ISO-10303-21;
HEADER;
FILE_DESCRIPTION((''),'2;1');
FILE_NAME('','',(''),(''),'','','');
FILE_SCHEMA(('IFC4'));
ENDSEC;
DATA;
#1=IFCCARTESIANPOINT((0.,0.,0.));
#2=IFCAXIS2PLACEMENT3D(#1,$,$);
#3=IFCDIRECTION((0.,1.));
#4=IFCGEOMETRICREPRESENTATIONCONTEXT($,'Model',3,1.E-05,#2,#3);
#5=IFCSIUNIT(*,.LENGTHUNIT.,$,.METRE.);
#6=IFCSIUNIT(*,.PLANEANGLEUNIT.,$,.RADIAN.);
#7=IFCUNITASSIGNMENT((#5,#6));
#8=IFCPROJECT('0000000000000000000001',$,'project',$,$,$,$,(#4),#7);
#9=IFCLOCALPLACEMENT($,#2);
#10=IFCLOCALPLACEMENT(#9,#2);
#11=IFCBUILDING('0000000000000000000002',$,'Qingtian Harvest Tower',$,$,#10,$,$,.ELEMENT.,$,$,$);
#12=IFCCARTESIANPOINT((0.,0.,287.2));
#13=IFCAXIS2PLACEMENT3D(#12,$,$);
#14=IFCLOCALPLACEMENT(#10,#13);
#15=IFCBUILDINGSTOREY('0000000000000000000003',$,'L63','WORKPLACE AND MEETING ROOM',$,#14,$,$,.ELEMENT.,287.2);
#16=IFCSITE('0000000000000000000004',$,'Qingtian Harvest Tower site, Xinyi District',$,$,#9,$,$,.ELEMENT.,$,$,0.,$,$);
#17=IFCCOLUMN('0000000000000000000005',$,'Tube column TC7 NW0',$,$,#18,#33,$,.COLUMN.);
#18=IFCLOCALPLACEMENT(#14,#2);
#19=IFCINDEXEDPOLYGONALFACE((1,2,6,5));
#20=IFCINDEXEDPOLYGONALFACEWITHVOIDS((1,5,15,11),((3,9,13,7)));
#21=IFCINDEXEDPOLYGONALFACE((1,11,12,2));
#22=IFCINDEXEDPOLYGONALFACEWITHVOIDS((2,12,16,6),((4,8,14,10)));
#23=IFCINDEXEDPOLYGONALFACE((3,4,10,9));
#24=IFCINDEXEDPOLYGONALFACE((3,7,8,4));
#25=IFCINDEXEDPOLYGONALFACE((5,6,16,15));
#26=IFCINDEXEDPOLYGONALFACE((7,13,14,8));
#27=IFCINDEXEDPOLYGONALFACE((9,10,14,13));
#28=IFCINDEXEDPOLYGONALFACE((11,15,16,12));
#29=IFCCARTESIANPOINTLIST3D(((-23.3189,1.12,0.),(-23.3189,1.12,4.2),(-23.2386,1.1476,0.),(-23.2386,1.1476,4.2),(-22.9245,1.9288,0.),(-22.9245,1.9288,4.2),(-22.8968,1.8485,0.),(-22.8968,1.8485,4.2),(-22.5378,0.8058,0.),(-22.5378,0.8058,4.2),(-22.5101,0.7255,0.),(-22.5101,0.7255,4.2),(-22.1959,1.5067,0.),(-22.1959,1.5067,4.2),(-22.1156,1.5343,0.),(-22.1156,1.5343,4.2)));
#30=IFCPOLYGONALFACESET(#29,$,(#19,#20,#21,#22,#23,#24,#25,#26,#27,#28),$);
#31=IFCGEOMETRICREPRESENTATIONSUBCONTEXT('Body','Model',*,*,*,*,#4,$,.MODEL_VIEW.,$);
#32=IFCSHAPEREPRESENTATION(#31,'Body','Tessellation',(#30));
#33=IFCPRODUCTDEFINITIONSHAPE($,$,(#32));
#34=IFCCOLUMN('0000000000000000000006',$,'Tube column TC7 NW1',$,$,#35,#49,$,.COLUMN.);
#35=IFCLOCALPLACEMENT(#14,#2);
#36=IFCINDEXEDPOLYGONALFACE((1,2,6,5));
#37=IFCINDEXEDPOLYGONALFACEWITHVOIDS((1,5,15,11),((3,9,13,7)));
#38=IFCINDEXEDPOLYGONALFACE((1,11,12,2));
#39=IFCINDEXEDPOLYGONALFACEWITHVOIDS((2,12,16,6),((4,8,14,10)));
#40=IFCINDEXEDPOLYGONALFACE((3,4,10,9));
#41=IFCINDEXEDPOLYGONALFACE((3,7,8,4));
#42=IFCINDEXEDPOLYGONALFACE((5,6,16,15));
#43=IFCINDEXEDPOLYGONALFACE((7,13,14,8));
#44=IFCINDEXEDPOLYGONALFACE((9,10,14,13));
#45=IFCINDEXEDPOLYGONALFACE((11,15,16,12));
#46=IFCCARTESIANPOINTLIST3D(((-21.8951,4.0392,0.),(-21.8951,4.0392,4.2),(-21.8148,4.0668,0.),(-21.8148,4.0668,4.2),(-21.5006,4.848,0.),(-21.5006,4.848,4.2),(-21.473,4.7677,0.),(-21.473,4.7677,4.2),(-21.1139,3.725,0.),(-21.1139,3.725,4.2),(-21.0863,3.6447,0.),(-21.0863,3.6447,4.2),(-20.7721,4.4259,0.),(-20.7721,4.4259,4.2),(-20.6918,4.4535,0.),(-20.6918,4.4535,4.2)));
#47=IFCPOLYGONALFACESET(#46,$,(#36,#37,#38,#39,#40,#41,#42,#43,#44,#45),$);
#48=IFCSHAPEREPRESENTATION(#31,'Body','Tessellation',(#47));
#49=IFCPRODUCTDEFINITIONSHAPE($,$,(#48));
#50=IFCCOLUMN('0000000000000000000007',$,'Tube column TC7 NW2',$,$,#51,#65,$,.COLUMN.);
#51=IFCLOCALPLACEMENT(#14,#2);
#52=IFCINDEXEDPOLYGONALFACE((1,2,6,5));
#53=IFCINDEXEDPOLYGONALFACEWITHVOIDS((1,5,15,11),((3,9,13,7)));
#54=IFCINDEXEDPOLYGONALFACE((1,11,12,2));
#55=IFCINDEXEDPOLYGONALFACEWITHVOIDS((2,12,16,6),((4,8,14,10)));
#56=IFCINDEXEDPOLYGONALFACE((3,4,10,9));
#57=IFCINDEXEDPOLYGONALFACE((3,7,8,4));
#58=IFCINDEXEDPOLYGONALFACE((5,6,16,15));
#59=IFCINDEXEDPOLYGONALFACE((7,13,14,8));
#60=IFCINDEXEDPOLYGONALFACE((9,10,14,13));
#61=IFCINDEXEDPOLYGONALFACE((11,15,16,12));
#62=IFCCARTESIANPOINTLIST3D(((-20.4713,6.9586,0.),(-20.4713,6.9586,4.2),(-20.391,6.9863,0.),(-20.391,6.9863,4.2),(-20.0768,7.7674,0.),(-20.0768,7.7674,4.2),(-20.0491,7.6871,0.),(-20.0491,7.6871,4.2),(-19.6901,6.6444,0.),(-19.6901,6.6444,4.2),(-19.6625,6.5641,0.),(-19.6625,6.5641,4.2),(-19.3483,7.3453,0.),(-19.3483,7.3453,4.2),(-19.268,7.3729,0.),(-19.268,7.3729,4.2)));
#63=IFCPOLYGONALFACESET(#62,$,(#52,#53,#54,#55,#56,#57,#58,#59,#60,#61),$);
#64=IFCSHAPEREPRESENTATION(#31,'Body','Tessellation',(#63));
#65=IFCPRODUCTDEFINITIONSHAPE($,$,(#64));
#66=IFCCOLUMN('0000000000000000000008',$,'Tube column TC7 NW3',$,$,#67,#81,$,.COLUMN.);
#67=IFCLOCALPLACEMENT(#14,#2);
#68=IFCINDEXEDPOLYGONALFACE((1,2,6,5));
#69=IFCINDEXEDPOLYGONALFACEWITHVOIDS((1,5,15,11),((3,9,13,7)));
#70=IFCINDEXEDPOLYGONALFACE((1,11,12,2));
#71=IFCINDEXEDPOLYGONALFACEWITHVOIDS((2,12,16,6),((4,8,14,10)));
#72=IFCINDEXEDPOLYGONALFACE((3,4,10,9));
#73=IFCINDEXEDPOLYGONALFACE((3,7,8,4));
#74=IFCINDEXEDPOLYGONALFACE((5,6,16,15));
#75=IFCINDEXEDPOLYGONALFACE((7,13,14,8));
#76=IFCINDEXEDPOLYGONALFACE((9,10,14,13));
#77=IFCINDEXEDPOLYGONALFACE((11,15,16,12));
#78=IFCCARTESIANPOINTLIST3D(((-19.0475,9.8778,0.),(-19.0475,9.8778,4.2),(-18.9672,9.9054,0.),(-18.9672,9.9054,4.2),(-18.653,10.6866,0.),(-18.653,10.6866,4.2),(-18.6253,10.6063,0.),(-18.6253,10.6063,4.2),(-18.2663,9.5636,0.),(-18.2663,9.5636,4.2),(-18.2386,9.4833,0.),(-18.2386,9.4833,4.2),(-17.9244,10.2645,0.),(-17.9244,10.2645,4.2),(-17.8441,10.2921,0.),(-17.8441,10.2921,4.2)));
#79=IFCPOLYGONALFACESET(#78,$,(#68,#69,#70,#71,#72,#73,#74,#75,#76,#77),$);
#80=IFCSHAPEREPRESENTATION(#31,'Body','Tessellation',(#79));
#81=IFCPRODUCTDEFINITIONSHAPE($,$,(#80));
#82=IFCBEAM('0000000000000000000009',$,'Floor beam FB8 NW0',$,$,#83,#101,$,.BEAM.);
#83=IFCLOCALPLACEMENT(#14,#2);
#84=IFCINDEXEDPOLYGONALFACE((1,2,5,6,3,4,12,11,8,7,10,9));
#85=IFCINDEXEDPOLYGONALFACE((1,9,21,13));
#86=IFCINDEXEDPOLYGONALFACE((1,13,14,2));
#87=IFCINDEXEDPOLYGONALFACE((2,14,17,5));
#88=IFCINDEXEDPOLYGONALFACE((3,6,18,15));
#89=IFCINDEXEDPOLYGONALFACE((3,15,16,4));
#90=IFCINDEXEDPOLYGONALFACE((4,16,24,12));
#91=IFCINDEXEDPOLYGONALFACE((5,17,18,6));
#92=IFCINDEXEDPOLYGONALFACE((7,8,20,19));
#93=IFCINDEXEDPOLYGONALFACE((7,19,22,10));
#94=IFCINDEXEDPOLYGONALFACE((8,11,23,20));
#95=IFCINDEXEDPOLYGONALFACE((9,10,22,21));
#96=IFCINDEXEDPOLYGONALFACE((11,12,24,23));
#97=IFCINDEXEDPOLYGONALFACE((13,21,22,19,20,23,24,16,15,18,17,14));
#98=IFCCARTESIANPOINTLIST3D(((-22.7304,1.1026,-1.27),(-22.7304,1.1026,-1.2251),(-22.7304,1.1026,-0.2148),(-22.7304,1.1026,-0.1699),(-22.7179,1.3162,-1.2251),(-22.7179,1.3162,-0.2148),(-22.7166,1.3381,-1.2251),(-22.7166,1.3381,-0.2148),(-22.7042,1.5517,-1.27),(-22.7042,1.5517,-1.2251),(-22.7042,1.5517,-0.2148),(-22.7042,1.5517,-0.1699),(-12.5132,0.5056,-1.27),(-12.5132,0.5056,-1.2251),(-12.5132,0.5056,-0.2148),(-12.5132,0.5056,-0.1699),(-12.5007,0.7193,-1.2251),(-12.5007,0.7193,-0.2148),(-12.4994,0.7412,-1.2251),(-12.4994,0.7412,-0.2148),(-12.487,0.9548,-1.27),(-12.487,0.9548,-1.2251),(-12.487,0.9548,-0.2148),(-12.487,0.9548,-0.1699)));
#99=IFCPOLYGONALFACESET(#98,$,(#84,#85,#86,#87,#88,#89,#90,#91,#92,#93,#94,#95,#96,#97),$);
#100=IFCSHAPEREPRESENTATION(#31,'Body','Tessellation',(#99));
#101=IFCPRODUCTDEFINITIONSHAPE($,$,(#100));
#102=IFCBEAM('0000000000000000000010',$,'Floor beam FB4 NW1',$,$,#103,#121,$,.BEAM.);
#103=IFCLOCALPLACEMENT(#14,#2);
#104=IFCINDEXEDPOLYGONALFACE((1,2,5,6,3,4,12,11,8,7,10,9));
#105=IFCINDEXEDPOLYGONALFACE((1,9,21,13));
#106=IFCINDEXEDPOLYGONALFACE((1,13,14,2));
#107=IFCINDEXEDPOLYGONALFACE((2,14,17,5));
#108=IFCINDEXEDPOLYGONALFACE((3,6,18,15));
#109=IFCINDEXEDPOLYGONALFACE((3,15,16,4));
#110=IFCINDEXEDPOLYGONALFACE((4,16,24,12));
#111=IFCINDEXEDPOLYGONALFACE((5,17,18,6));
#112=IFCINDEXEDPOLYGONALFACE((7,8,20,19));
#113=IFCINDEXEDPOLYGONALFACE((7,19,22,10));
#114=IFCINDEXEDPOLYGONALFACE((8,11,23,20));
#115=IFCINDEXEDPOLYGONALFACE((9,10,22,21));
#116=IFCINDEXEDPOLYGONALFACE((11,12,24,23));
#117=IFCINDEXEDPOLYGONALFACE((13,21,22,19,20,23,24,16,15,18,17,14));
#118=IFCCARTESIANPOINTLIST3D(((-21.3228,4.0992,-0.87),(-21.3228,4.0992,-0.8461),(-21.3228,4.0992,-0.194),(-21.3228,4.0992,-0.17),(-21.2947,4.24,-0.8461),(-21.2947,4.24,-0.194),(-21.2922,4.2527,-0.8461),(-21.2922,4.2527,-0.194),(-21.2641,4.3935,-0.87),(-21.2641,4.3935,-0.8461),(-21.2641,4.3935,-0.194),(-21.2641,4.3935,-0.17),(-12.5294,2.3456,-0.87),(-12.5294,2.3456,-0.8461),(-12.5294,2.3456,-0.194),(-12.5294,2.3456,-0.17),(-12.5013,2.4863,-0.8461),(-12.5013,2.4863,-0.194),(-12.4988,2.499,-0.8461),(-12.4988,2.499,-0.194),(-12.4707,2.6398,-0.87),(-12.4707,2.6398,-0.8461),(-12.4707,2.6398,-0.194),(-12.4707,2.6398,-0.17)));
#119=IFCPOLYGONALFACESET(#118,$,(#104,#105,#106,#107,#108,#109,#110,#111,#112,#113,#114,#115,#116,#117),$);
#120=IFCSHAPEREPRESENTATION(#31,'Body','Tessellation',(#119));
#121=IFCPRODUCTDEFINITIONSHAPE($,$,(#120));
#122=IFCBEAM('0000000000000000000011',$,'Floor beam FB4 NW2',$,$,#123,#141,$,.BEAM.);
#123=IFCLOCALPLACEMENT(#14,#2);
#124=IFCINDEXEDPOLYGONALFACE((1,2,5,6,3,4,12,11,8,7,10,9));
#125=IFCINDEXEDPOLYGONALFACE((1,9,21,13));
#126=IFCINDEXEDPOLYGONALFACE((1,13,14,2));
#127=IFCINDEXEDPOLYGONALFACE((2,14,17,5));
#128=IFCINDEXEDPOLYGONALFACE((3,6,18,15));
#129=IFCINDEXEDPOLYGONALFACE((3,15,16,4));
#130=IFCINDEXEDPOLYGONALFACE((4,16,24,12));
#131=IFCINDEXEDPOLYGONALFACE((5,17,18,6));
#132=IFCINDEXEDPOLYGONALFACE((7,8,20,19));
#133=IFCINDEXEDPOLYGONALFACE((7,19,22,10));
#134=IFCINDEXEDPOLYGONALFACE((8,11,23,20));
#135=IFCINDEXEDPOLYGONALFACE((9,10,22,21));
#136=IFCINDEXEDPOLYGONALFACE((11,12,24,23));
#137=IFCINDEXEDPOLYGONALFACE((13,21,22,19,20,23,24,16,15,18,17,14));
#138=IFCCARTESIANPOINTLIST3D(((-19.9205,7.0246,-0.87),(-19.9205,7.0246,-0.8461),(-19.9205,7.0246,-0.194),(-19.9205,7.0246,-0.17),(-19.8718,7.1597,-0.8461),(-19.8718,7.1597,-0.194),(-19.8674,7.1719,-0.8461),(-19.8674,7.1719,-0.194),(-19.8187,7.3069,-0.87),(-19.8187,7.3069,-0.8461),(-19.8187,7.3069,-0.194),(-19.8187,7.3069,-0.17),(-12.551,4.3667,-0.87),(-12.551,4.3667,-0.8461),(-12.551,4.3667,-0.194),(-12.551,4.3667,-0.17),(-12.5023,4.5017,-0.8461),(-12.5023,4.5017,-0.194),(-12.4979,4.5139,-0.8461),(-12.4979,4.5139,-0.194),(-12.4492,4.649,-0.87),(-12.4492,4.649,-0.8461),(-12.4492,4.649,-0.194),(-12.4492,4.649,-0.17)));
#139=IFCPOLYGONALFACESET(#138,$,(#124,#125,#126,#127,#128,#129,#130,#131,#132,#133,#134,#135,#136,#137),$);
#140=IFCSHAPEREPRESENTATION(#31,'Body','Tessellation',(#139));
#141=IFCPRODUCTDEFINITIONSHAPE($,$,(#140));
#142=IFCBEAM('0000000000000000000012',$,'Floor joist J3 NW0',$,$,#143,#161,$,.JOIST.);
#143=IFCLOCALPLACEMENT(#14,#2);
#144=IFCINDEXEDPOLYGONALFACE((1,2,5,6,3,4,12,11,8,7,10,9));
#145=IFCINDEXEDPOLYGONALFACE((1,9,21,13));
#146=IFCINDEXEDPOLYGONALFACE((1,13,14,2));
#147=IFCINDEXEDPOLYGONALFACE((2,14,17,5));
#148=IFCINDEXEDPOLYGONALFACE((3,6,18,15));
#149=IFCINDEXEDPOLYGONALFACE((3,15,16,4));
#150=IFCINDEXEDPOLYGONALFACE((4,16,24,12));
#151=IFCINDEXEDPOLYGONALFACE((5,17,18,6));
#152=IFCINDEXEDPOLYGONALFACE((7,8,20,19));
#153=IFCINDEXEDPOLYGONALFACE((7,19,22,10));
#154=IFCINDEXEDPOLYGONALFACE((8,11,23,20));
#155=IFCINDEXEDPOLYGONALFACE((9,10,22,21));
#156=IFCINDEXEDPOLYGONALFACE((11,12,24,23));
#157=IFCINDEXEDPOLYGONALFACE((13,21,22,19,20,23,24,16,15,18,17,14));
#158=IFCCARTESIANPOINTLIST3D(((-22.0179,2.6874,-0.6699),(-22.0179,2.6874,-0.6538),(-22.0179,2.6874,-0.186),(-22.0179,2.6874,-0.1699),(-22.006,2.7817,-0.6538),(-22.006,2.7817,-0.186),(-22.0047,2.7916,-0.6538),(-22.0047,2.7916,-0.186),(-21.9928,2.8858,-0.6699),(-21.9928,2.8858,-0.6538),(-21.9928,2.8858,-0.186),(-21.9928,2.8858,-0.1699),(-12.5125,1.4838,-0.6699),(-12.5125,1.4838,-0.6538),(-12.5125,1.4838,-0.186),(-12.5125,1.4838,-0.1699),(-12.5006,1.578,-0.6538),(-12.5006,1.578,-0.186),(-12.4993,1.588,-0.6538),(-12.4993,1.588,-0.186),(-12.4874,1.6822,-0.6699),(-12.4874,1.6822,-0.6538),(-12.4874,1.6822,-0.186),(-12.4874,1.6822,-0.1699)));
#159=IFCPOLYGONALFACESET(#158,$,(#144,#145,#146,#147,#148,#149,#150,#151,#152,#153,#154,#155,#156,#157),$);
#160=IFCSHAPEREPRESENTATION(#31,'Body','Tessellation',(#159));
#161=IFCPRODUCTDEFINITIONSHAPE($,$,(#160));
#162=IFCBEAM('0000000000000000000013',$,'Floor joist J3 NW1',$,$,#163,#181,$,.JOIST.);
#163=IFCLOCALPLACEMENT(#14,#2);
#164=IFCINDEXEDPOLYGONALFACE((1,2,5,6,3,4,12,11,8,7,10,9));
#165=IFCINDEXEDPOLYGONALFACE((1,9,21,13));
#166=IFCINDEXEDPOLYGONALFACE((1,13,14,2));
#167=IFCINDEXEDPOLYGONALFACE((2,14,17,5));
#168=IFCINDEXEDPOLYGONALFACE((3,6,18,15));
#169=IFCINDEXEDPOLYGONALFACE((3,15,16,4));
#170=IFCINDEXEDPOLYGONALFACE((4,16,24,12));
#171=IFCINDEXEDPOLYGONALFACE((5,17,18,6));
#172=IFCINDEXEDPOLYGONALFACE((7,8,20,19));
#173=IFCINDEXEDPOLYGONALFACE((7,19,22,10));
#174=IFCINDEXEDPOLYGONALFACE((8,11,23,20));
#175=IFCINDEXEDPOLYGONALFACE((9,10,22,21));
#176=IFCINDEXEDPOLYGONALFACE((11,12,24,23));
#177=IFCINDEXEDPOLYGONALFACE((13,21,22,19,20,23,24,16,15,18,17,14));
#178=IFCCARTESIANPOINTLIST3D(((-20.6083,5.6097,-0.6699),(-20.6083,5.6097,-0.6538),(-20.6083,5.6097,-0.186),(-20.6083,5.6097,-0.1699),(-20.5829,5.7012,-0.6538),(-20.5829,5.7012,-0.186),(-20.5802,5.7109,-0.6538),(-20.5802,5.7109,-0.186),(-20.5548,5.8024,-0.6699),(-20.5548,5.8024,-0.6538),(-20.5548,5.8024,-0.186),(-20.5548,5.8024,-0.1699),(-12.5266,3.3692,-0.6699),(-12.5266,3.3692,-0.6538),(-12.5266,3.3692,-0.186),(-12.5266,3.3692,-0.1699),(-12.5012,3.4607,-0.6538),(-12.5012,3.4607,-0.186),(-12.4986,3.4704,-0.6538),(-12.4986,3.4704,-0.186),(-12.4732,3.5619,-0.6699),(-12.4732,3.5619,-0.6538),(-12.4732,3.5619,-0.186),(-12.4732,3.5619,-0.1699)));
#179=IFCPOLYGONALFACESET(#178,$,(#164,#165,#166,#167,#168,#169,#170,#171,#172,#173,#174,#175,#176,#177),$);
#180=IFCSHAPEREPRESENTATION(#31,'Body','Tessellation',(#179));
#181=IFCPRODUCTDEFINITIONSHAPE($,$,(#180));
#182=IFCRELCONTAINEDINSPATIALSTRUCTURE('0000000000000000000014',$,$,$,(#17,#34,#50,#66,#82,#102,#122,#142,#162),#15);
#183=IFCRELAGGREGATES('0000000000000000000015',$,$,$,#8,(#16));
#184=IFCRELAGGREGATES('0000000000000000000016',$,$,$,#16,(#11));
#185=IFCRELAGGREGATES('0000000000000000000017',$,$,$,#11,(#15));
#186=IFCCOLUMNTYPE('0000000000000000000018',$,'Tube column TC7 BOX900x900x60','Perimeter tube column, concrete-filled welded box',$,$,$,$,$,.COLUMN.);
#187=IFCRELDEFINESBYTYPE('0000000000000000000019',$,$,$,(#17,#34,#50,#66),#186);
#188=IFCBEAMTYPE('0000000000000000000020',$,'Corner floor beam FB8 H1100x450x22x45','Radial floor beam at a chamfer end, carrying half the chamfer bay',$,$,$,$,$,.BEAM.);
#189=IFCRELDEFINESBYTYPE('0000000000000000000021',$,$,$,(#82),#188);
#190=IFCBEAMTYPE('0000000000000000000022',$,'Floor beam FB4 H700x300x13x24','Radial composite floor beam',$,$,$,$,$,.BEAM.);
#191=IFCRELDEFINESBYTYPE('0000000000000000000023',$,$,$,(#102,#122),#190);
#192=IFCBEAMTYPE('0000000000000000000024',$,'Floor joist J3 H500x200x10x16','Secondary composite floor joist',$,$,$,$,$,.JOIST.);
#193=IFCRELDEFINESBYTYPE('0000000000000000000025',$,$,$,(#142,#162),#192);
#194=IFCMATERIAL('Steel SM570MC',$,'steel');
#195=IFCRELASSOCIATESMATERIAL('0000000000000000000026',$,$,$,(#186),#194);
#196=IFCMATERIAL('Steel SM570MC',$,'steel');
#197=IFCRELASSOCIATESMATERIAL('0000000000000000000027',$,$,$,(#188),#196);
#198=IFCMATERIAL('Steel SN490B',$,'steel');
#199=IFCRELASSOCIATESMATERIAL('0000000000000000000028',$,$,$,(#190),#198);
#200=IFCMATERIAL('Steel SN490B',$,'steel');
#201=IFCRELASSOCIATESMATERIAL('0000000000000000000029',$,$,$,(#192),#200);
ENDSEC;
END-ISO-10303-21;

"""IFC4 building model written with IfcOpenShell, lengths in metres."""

from ifc_helpers import new_model, si_unit, direction, frame, origin, origin_2d, place, context, subcontext, project, spatial, hollow_rectangle, i_section, extrude, material, material_profile, profile_set, type_object, element, save


model = new_model("IFC4")

# Units and contexts
model_context = context("Model", 3, precision=1e-05, world=origin(), true_north=direction((0.0, 1.0)))
body_context = subcontext(model_context, "Body", "Model", "MODEL_VIEW")
ifc_project = project(units=[si_unit("LENGTHUNIT", "METRE"), si_unit("PLANEANGLEUNIT", "RADIAN")], contexts=[model_context])

# Site, building, storey
site_placement = place(None, origin())
site = spatial("IfcSite", under=ifc_project, at=site_placement, Name="Qingtian Harvest Tower site, Xinyi District", CompositionType="ELEMENT", RefElevation=0.0)
building_placement = place(site_placement, origin())
building = spatial("IfcBuilding", under=site, at=building_placement, Name="Qingtian Harvest Tower", CompositionType="ELEMENT")
storey_placement = place(building_placement, frame((0.0, 0.0, 287.2)))
storey = spatial("IfcBuildingStorey", under=building, at=storey_placement, Name="L63", Description="WORKPLACE AND MEETING ROOM", CompositionType="ELEMENT", Elevation=287.2)

# Columns
ifc_material_1 = material(Name="Steel SM570MC", Category="steel")
ifc_material_profile_1 = material_profile(ifc_material_1, hollow_rectangle(XDim=0.8999, YDim=0.8999, WallThickness=0.0601, at=origin_2d()), Name="BOX900x900x60")
ifc_profile_set_1 = profile_set([ifc_material_profile_1], Name="Steel SM570MC")
column_type = type_object("IfcColumnType", Name="Tube column TC7 BOX900x900x60", Description="Perimeter tube column, concrete-filled welded box", PredefinedType="COLUMN", material=ifc_profile_set_1)
for number, where, z_axis, x_axis, name in (
    (1, (-22.7173, 1.3271, 0.0), (0.0, 0.0, 1.0), (-0.438371, -0.898794, 0.0), "Tube column TC7 NW0"),
    (2, (-21.2935, 4.2463, 0.0), (0.0, 0.0, 1.0), (-0.438371, -0.898794, 0.0), "Tube column TC7 NW1"),
    (3, (-19.8696, 7.1658, 0.0), (0.0, 0.0, 1.0), (-0.438371, -0.898794, 0.0), "Tube column TC7 NW2"),
    (4, (-18.4458, 10.085, 0.0), (0.0, 0.0, 1.0), (-0.438371, -0.898794, 0.0), "Tube column TC7 NW3"),
):
    element("IfcColumn", number, at=place(storey_placement, frame(where, z_axis=z_axis, x_axis=x_axis)), inside=storey, type_object=column_type, Name=name, PredefinedType="COLUMN", context=body_context, shape_type="SweptSolid", body=[
        extrude(hollow_rectangle(XDim=0.8999, YDim=0.8999, WallThickness=0.0601, at=origin_2d()), origin(), (0.0, 0.0, 1.0), 4.2),
    ])

# Beams
ifc_material_2 = material(Name="Steel SM570MC", Category="steel")
ifc_material_profile_2 = material_profile(ifc_material_2, i_section(OverallWidth=0.45, OverallDepth=1.1001, WebThickness=0.022, FlangeThickness=0.0449, at=origin_2d()), Name="H1100x450x22x45")
ifc_profile_set_2 = profile_set([ifc_material_profile_2], Name="Steel SM570MC")
beam_type_1 = type_object("IfcBeamType", Name="Corner floor beam FB8 H1100x450x22x45", Description="Radial floor beam at a chamfer end, carrying half the chamfer bay", PredefinedType="BEAM", material=ifc_profile_set_2)
beam_1_placement = place(storey_placement, frame((-22.7173, 1.3271, -0.72), z_axis=(0.998298, -0.058323, 0.0), x_axis=(0.058323, 0.998298, 0.0)))
element("IfcBeam", 5, at=beam_1_placement, inside=storey, type_object=beam_type_1, Name="Floor beam FB8 NW0", PredefinedType="BEAM", context=body_context, shape_type="SweptSolid", body=[
    extrude(i_section(OverallWidth=0.45, OverallDepth=1.1001, WebThickness=0.022, FlangeThickness=0.0449, at=origin_2d()), origin(), (0.0, 0.0, 1.0), 10.2346),
])
ifc_material_3 = material(Name="Steel SN490B", Category="steel")
ifc_material_profile_3 = material_profile(ifc_material_3, i_section(OverallWidth=0.3, OverallDepth=0.7, WebThickness=0.0129, FlangeThickness=0.0239, at=origin_2d()), Name="H700x300x13x24")
ifc_profile_set_3 = profile_set([ifc_material_profile_3], Name="Steel SN490B")
beam_type_2 = type_object("IfcBeamType", Name="Floor beam FB4 H700x300x13x24", Description="Radial composite floor beam", PredefinedType="BEAM", material=ifc_profile_set_3)
beam_2_placement = place(storey_placement, frame((-21.2935, 4.2463, -0.52), z_axis=(0.980688, -0.195577, 0.0), x_axis=(0.195577, 0.980688, 0.0)))
element("IfcBeam", 6, at=beam_2_placement, inside=storey, type_object=beam_type_2, Name="Floor beam FB4 NW1", PredefinedType="BEAM", context=body_context, shape_type="SweptSolid", body=[
    extrude(i_section(OverallWidth=0.3, OverallDepth=0.7, WebThickness=0.0129, FlangeThickness=0.0239, at=origin_2d()), origin(), (0.0, 0.0, 1.0), 8.9666),
])
beam_3_placement = place(storey_placement, frame((-19.8696, 7.1658, -0.52), z_axis=(0.940688, -0.339272, 0.0), x_axis=(0.339272, 0.940688, 0.0)))
element("IfcBeam", 7, at=beam_3_placement, inside=storey, type_object=beam_type_2, Name="Floor beam FB4 NW2", PredefinedType="BEAM", context=body_context, shape_type="SweptSolid", body=[
    extrude(i_section(OverallWidth=0.3, OverallDepth=0.7, WebThickness=0.0129, FlangeThickness=0.0239, at=origin_2d()), origin(), (0.0, 0.0, 1.0), 7.8342),
])
ifc_material_4 = material(Name="Steel SN490B", Category="steel")
ifc_material_profile_4 = material_profile(ifc_material_4, i_section(OverallWidth=0.2, OverallDepth=0.5, WebThickness=0.01, FlangeThickness=0.0161, at=origin_2d()), Name="H500x200x10x16")
ifc_profile_set_4 = profile_set([ifc_material_profile_4], Name="Steel SN490B")
beam_type_3 = type_object("IfcBeamType", Name="Floor joist J3 H500x200x10x16", Description="Secondary composite floor joist", PredefinedType="JOIST", material=ifc_profile_set_4)
beam_4_placement = place(storey_placement, frame((-22.0054, 2.7866, -0.4199), z_axis=(0.992078, -0.125621, 0.0), x_axis=(0.125621, 0.992078, 0.0)))
element("IfcBeam", 8, at=beam_4_placement, inside=storey, type_object=beam_type_3, Name="Floor joist J3 NW0", PredefinedType="JOIST", context=body_context, shape_type="SweptSolid", body=[
    extrude(i_section(OverallWidth=0.2, OverallDepth=0.5, WebThickness=0.01, FlangeThickness=0.0161, at=origin_2d()), origin(), (0.0, 0.0, 1.0), 9.5813),
])
beam_5_placement = place(storey_placement, frame((-20.5815, 5.7061, -0.4199), z_axis=(0.963653, -0.267157, 0.0), x_axis=(0.267157, 0.963653, 0.0)))
element("IfcBeam", 9, at=beam_5_placement, inside=storey, type_object=beam_type_3, Name="Floor joist J3 NW1", PredefinedType="JOIST", context=body_context, shape_type="SweptSolid", body=[
    extrude(i_section(OverallWidth=0.2, OverallDepth=0.5, WebThickness=0.01, FlangeThickness=0.0161, at=origin_2d()), origin(), (0.0, 0.0, 1.0), 8.3865),
])

save(model, "model.ifc")
